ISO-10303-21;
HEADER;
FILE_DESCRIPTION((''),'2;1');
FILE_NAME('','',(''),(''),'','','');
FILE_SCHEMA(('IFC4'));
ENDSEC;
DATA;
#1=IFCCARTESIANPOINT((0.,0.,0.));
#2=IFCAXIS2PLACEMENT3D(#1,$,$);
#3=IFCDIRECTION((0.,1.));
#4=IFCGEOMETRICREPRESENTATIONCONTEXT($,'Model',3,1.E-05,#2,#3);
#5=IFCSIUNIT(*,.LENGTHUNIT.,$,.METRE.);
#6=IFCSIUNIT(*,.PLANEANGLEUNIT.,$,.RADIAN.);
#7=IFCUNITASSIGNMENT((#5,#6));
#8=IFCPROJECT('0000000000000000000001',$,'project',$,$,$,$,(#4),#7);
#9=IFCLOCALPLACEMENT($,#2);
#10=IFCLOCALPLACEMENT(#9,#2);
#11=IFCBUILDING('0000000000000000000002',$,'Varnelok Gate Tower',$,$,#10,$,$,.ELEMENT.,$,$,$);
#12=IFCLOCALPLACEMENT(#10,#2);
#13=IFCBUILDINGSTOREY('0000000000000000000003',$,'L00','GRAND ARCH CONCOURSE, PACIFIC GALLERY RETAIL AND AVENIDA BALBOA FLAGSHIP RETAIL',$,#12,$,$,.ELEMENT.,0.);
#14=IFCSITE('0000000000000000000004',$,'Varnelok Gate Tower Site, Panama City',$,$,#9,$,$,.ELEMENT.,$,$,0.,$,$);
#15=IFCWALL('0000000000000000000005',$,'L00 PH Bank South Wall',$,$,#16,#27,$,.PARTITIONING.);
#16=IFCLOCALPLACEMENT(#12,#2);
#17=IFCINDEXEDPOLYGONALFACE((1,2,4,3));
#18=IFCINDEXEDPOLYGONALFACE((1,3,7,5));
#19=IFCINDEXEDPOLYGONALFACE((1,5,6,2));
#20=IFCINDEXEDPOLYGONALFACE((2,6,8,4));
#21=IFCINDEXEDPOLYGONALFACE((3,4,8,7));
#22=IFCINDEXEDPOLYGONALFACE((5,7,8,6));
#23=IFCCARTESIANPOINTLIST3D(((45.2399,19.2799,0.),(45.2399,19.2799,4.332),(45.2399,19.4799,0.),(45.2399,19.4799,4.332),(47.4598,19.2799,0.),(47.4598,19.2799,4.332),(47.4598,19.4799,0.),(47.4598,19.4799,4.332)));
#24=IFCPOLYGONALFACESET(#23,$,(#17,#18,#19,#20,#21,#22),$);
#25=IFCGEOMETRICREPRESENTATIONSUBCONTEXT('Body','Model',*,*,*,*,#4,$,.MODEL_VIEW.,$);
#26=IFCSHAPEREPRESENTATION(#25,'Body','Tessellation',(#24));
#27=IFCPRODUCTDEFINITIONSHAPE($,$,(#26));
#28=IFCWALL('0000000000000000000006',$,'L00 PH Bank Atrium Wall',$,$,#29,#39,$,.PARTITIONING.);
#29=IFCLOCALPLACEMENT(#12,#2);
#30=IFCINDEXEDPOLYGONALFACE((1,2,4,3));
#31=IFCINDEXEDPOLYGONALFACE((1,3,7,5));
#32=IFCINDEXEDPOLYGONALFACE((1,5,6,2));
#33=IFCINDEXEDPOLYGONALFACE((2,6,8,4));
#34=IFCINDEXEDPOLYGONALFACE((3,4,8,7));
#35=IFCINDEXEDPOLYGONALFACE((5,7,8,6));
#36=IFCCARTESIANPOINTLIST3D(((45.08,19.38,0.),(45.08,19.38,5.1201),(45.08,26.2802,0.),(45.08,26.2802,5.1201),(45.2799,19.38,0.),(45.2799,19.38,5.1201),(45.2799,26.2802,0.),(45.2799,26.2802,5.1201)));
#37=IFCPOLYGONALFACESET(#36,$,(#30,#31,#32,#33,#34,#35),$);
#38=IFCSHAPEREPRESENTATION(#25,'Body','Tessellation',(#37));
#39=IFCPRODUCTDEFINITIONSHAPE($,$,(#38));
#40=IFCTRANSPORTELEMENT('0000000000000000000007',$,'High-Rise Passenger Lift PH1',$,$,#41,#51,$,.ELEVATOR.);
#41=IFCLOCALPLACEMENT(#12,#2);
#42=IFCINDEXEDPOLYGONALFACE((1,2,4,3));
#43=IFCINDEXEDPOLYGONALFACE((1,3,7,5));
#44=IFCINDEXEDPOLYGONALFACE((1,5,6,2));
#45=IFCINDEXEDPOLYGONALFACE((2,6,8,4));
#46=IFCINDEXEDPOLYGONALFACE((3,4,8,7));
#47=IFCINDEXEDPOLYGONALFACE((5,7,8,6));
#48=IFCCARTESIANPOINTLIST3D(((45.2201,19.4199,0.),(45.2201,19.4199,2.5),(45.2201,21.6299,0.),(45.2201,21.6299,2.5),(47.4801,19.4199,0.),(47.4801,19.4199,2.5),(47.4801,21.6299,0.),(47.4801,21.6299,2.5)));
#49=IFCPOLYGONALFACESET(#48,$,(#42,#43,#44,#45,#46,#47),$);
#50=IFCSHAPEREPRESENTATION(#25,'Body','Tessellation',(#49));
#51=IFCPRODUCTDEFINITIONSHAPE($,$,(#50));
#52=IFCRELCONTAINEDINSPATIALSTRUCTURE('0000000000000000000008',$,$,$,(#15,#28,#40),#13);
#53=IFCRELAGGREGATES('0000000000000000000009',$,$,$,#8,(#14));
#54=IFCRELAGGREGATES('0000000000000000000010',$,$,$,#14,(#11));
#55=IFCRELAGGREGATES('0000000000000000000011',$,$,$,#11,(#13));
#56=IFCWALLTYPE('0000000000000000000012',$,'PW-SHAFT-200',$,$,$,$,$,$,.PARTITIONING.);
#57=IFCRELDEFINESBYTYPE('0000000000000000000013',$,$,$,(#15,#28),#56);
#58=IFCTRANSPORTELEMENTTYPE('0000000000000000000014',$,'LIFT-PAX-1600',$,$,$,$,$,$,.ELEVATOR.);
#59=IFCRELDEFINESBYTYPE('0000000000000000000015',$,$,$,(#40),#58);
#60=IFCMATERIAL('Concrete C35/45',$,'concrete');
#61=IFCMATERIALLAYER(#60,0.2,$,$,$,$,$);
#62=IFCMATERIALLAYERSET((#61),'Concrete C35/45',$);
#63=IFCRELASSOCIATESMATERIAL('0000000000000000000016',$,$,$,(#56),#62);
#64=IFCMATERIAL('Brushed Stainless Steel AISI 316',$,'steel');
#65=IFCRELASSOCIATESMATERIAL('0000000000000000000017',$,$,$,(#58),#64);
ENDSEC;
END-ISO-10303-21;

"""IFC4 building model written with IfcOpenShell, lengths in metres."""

from ifc_helpers import new_model, si_unit, direction, frame, frame_2d, origin, origin_2d, place, context, subcontext, project, spatial, rectangle, extrude, source, transform, mapped, material, layer, layer_set, type_object, element, save


model = new_model("IFC4")

# Units and contexts
model_context = context("Model", 3, precision=1e-05, world=origin(), true_north=direction((0.0, 1.0)))
body_context = subcontext(model_context, "Body", "Model", "MODEL_VIEW")
ifc_project = project(units=[si_unit("LENGTHUNIT", "METRE"), si_unit("PLANEANGLEUNIT", "RADIAN")], contexts=[model_context])

# Site, building, storey
site_placement = place(None, origin())
site = spatial("IfcSite", under=ifc_project, at=site_placement, Name="Varnelok Gate Tower Site, Panama City", CompositionType="ELEMENT", RefElevation=0.0)
building_placement = place(site_placement, origin())
building = spatial("IfcBuilding", under=site, at=building_placement, Name="Varnelok Gate Tower", CompositionType="ELEMENT")
storey_placement = place(building_placement, origin())
storey = spatial("IfcBuildingStorey", under=building, at=storey_placement, Name="L00", Description="GRAND ARCH CONCOURSE, PACIFIC GALLERY RETAIL AND AVENIDA BALBOA FLAGSHIP RETAIL", CompositionType="ELEMENT", Elevation=0.0)

# Walls
ifc_material_1 = material(Name="Concrete C35/45", Category="concrete")
ifc_layer_1 = layer(ifc_material_1, 0.2)
ifc_layer_set_1 = layer_set([ifc_layer_1], Name="Concrete C35/45")
wall_type_1 = type_object("IfcWallType", Name="PW-SHAFT-200", PredefinedType="PARTITIONING", material=ifc_layer_set_1)
wall_1_placement = place(storey_placement, frame((45.24, 19.3799, 0.0), z_axis=(0.0, 0.0, 1.0), x_axis=(1.0, 0.0, 0.0)))
element("IfcWall", 1, at=wall_1_placement, inside=storey, type_object=wall_type_1, Name="L00 PH Bank South Wall", PredefinedType="PARTITIONING", context=body_context, shape_type="SweptSolid", body=[
    extrude(rectangle(XDim=2.22, YDim=0.2, at=frame_2d((1.1099, 0.0))), origin(), (0.0, 0.0, 1.0), 4.332),
])
wall_2_placement = place(storey_placement, frame((45.1799, 19.3799, 0.0), z_axis=(0.0, 0.0, 1.0), x_axis=(0.0, 1.0, 0.0)))
element("IfcWall", 2, at=wall_2_placement, inside=storey, type_object=wall_type_1, Name="L00 PH Bank Atrium Wall", PredefinedType="PARTITIONING", context=body_context, shape_type="SweptSolid", body=[
    extrude(rectangle(XDim=6.9001, YDim=0.2, at=frame_2d((3.4502, 0.0))), origin(), (0.0, 0.0, 1.0), 5.1201),
])

# Transport element
ifc_material_2 = material(Name="Brushed Stainless Steel AISI 316", Category="steel")
transport_element_type = type_object("IfcTransportElementType", Name="LIFT-PAX-1600", PredefinedType="ELEVATOR", material=ifc_material_2)
shared_shape = source(origin(), body_context, "Body", "SweptSolid", [
    extrude(rectangle(XDim=2.26, YDim=2.21, at=origin_2d()), origin(), (0.0, 0.0, 1.0), 2.5),
])
transport_element_placement = place(storey_placement, frame((46.3501, 20.5249, 0.0), z_axis=(0.0, 0.0, 1.0), x_axis=(1.0, 0.0, 0.0)))
element("IfcTransportElement", 3, at=transport_element_placement, inside=storey, type_object=transport_element_type, Name="High-Rise Passenger Lift PH1", PredefinedType="ELEVATOR", context=body_context, shape_type="MappedRepresentation", body=[
    mapped(shared_shape, transform((0.0, 0.0, 0.0), scale=1.0)),
])

save(model, "model.ifc")
